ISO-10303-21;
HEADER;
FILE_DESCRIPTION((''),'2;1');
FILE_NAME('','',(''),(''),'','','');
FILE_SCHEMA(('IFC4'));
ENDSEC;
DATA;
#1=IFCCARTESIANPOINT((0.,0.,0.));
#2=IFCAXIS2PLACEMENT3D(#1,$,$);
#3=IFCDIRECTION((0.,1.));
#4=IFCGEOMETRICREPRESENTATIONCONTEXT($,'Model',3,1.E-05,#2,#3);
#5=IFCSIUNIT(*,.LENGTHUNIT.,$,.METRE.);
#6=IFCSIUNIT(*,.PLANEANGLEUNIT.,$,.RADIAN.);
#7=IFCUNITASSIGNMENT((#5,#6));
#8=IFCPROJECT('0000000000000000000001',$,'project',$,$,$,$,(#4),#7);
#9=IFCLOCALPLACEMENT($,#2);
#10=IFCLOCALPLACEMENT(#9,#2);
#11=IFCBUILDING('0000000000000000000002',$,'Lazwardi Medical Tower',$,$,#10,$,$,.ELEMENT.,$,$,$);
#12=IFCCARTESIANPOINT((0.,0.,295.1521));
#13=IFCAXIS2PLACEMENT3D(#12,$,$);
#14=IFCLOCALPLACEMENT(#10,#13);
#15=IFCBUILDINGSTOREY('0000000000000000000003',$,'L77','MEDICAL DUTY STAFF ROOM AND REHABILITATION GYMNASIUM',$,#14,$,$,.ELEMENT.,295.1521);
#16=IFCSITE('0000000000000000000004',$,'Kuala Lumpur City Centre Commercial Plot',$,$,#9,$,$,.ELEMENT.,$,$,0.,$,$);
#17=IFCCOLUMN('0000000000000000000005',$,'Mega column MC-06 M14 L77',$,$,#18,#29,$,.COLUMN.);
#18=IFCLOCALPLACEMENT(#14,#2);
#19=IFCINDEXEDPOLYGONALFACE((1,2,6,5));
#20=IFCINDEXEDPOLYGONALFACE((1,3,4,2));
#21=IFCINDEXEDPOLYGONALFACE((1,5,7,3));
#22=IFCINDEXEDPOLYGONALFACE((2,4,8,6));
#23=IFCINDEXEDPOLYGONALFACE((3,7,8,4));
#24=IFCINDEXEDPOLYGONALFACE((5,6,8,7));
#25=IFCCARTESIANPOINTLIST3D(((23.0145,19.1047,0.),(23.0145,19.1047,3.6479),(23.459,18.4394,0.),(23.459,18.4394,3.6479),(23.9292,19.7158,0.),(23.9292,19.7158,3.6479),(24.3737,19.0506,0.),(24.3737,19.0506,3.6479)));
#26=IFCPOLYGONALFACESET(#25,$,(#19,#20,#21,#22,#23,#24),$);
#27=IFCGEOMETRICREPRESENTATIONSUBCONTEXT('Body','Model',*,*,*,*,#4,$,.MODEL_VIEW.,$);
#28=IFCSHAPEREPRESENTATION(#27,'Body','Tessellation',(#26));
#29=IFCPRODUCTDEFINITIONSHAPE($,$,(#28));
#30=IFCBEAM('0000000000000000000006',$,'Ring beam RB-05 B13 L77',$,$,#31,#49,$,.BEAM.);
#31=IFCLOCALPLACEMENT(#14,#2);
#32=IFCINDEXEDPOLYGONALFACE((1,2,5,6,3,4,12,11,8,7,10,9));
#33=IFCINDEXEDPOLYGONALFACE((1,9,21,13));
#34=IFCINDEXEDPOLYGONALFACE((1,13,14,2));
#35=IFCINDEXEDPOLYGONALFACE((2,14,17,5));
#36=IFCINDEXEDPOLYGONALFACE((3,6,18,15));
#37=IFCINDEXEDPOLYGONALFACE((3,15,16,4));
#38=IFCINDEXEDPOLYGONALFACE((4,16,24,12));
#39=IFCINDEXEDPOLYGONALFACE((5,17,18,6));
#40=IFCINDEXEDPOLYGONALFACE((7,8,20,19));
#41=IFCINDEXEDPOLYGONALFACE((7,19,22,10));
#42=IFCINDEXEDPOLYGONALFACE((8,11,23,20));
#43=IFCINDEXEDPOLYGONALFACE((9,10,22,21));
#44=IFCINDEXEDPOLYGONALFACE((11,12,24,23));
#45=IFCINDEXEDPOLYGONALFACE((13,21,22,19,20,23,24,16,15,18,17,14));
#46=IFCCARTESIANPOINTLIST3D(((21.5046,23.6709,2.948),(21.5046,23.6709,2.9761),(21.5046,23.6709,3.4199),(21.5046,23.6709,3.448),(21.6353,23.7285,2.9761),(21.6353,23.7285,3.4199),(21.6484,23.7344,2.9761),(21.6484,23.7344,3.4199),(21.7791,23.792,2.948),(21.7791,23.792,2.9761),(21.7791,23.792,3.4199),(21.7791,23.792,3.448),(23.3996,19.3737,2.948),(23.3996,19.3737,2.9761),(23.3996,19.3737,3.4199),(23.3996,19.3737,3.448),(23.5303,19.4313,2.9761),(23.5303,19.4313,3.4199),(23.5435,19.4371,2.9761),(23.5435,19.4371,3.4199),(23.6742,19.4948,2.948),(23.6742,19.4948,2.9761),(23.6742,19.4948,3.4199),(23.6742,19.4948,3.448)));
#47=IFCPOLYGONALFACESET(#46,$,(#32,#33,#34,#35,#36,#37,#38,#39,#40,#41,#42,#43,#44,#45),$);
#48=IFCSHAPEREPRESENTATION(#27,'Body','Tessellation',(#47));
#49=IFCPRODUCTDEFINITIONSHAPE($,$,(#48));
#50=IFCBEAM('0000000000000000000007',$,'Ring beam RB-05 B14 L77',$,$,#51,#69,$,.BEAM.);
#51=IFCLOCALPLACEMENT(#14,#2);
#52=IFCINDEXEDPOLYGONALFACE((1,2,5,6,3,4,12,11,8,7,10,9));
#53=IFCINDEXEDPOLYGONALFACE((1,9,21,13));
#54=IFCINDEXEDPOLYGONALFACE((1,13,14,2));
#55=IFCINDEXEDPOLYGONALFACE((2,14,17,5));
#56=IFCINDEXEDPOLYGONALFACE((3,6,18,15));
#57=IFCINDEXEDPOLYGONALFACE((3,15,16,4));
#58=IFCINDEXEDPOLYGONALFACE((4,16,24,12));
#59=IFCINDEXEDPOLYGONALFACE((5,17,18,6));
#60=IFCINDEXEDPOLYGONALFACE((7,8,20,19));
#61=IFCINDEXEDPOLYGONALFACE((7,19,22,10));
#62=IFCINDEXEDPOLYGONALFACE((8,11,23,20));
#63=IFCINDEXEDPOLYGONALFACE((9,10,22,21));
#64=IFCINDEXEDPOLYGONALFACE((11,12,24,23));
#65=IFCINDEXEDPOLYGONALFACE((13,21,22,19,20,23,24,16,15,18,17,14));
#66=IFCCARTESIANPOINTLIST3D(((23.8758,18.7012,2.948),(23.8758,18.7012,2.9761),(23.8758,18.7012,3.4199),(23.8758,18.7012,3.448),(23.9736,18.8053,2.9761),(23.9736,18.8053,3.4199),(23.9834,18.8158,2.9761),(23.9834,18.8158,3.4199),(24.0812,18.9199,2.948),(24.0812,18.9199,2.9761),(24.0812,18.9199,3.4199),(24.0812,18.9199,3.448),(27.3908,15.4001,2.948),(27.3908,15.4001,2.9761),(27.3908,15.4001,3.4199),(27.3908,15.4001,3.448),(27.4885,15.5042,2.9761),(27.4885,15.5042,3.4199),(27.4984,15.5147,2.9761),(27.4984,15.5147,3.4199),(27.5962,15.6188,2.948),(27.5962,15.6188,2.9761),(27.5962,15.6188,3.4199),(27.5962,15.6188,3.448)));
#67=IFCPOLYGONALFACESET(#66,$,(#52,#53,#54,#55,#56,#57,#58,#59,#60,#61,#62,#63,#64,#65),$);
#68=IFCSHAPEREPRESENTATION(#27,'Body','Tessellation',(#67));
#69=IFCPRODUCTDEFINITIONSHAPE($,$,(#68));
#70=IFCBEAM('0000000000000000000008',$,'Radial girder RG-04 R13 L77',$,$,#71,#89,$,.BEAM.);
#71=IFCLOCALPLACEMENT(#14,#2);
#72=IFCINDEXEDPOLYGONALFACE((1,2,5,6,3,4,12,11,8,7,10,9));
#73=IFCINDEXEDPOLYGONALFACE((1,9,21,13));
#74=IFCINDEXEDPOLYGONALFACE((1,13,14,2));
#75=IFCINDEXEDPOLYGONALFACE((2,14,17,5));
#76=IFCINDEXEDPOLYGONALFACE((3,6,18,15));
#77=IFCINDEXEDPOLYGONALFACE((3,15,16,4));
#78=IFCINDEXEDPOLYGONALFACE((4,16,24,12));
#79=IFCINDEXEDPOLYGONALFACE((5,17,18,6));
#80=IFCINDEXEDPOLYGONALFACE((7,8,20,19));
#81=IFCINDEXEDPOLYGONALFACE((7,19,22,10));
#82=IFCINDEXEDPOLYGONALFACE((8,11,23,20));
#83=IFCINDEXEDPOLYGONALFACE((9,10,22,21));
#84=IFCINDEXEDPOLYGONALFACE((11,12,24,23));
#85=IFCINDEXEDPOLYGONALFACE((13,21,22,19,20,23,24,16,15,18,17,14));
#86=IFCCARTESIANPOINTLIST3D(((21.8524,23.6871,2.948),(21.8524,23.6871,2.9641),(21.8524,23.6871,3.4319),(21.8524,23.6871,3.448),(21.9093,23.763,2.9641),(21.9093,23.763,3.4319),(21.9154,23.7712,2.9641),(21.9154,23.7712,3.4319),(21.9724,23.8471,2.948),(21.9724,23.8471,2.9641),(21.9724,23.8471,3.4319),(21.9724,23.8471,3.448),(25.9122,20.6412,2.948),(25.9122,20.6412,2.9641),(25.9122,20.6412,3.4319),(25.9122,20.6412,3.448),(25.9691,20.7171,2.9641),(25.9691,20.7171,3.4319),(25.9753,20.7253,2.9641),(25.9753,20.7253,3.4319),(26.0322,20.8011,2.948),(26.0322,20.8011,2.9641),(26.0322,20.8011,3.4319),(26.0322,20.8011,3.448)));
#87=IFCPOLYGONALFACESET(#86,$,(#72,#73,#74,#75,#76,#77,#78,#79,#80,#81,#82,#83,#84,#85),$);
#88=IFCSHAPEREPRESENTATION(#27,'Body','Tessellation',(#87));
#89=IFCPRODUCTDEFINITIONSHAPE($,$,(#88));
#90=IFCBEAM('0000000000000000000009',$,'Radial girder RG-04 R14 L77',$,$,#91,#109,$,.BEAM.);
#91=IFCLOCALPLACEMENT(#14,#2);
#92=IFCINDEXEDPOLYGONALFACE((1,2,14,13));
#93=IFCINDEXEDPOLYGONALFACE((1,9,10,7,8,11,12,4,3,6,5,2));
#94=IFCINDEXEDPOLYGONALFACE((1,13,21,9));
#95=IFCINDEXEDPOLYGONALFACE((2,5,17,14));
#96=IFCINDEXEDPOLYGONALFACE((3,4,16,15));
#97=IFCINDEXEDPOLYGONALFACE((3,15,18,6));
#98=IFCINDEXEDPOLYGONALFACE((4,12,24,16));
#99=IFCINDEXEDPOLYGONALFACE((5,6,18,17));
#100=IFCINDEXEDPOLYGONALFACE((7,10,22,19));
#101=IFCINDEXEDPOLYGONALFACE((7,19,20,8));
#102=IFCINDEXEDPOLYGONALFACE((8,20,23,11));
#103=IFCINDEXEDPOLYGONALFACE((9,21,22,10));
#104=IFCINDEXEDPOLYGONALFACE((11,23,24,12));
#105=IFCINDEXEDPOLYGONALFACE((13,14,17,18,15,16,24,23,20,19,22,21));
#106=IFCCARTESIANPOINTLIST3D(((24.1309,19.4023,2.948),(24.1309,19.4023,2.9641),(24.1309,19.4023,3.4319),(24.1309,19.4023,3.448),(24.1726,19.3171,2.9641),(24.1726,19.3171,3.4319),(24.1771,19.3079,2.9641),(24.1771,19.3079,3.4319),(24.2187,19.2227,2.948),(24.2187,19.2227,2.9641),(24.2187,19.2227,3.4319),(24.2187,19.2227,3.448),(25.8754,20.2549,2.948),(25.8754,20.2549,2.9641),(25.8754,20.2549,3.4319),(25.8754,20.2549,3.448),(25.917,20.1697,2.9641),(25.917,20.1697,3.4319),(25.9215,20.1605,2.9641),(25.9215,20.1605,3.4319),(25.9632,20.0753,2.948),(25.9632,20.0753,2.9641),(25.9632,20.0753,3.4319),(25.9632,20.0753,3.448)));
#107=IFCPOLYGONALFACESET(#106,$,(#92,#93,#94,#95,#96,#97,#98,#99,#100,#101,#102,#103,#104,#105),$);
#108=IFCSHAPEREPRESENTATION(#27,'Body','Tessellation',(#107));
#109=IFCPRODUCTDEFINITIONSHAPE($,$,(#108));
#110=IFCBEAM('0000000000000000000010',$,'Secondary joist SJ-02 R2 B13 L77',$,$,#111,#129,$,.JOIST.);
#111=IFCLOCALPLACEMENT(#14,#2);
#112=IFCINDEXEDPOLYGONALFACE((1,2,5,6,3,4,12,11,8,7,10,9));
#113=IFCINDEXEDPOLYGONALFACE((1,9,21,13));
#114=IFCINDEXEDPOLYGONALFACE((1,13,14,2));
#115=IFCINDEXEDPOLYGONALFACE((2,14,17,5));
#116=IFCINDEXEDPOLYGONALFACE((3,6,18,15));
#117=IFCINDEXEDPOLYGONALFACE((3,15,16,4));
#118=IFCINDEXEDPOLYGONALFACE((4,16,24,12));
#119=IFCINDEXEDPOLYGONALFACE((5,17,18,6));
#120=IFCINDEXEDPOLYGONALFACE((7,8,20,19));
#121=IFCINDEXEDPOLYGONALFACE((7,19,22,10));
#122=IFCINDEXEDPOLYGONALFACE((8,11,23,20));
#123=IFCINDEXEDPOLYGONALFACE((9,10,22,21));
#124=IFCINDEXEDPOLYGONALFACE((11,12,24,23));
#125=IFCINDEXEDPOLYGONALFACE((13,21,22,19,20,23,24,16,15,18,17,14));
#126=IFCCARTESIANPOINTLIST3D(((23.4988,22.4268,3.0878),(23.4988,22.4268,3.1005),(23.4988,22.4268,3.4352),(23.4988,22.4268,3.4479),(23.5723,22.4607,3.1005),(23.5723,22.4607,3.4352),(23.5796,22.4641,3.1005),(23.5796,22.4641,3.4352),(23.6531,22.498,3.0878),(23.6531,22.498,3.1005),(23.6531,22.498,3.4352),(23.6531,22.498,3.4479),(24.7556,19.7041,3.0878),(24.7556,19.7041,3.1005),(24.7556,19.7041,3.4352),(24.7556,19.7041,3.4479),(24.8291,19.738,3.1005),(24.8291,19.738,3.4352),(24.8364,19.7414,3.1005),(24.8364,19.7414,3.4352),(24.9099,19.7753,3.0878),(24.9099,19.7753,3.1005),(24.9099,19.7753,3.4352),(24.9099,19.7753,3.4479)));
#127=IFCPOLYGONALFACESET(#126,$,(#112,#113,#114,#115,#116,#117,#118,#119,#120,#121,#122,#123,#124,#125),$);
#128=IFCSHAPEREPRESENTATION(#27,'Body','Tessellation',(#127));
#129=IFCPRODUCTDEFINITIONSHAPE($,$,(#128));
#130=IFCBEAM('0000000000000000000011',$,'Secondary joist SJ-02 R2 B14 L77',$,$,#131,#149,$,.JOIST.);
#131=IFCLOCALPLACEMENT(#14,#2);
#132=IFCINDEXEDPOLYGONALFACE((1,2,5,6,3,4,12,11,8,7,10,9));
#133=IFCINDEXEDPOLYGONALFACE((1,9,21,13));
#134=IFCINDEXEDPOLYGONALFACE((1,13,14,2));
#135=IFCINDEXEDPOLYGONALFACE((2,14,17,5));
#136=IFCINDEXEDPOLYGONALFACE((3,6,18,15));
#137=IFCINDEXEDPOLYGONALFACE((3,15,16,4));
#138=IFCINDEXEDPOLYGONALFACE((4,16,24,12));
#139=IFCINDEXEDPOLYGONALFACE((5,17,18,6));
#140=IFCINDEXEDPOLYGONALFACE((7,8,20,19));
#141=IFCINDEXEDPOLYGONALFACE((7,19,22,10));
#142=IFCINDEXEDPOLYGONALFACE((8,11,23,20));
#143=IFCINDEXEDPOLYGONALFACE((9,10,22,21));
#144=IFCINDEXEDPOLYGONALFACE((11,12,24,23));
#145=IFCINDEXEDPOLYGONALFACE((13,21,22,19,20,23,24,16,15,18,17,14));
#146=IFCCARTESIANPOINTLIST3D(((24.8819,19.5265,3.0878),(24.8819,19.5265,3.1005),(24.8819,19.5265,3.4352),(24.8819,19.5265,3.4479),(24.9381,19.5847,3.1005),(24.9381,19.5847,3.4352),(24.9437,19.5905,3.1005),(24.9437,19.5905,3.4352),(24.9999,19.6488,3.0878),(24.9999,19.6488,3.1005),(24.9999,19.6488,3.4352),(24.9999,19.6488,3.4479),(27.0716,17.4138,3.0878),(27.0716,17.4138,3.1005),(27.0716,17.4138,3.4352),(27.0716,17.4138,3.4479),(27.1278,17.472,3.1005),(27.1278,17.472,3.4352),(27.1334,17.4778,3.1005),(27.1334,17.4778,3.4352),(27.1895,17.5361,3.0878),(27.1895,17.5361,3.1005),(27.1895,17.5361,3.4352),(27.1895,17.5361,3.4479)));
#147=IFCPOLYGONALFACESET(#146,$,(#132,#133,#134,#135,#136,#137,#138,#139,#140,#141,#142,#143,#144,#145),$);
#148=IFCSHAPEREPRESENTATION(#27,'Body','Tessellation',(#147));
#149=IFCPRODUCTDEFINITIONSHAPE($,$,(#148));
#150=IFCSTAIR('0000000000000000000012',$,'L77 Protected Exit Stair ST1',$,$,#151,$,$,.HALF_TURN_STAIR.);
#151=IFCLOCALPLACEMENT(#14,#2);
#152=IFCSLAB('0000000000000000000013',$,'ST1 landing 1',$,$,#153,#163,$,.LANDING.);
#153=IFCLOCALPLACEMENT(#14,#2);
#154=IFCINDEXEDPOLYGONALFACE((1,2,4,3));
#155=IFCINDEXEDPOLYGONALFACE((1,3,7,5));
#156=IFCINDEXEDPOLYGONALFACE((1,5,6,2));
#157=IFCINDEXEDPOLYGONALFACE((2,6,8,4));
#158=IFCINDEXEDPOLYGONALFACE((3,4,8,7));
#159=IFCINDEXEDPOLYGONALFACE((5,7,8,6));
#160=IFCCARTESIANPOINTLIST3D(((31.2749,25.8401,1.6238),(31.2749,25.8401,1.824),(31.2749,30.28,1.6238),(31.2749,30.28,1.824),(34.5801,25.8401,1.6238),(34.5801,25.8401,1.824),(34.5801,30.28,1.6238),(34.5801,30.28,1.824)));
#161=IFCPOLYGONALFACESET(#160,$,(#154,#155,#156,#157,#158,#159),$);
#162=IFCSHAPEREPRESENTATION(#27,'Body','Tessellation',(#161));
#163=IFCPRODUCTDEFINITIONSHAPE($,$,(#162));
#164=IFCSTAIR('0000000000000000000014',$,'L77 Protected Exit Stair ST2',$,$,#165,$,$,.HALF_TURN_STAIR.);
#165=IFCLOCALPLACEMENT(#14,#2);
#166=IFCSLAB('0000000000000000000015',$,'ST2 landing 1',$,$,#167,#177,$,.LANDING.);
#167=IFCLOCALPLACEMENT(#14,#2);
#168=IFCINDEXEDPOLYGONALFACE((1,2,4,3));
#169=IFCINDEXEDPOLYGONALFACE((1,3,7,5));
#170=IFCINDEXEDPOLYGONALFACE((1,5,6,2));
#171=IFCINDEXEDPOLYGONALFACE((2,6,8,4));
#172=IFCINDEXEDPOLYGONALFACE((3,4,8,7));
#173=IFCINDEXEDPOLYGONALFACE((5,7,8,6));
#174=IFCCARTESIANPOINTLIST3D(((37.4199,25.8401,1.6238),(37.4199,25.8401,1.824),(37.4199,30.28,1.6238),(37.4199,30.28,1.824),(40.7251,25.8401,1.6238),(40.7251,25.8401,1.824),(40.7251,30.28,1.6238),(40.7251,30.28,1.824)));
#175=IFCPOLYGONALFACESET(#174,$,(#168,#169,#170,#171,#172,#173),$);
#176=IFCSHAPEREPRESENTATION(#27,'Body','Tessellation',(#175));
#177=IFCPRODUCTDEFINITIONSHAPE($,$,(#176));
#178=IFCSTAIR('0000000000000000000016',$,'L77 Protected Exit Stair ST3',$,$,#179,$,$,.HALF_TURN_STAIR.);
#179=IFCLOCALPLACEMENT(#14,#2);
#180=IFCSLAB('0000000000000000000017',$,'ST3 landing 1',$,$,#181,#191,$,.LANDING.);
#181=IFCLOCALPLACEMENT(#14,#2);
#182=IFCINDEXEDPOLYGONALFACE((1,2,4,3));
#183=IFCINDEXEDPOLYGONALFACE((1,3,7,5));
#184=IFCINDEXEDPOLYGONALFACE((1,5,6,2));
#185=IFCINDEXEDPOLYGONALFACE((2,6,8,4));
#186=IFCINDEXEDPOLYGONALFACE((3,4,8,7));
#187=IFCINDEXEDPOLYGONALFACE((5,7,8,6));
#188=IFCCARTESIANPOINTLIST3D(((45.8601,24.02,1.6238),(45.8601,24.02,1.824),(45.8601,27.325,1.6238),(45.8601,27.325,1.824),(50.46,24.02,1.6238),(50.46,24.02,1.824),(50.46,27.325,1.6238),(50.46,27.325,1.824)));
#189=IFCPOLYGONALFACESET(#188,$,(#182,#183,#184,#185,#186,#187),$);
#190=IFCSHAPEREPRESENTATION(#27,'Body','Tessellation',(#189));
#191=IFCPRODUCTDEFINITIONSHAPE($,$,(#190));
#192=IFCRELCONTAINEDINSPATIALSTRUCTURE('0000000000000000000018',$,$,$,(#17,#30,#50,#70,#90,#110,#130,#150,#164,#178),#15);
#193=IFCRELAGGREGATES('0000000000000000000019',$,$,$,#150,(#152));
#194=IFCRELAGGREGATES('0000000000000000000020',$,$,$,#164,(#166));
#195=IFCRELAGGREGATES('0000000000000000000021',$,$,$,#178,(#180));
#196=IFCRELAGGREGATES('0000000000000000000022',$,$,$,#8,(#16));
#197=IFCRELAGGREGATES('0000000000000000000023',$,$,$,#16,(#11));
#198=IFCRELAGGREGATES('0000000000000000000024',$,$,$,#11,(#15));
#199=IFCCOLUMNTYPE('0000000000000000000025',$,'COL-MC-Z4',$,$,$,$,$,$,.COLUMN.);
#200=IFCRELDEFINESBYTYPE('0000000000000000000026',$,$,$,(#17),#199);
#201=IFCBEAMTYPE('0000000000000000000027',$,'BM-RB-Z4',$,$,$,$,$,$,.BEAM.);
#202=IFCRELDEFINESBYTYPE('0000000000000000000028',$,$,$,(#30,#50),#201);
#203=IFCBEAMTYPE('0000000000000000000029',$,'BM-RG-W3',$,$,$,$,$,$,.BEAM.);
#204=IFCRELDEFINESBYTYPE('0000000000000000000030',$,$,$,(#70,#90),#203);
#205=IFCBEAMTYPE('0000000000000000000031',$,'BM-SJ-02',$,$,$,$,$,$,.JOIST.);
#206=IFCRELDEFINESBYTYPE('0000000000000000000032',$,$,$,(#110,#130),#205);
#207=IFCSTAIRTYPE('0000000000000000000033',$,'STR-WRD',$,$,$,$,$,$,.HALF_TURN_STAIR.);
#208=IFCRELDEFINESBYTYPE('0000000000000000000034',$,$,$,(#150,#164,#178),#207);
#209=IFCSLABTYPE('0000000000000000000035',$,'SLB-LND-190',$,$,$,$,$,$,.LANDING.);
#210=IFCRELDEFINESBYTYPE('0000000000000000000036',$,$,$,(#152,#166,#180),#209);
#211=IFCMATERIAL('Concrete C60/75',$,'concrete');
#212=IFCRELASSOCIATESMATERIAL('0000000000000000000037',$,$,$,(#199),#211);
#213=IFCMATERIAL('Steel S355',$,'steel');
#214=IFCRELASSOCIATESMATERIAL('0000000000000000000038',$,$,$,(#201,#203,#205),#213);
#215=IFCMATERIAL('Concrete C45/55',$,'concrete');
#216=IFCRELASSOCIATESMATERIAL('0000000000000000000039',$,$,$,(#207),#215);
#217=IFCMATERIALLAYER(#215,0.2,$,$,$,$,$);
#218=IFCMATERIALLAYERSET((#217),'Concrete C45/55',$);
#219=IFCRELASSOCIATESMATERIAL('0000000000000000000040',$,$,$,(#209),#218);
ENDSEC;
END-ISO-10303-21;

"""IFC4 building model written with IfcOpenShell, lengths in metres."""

from ifc_helpers import new_model, si_unit, direction, frame, origin, origin_2d, place, context, subcontext, project, spatial, polyline, rectangle, i_section, outline, extrude, material, layer, layer_set, material_profile, profile_set, type_object, element, aggregate, save


model = new_model("IFC4")

# Units and contexts
model_context = context("Model", 3, precision=1e-05, world=origin(), true_north=direction((0.0, 1.0)))
body_context = subcontext(model_context, "Body", "Model", "MODEL_VIEW")
ifc_project = project(units=[si_unit("LENGTHUNIT", "METRE"), si_unit("PLANEANGLEUNIT", "RADIAN")], contexts=[model_context])

# Site, building, storey
site_placement = place(None, origin())
site = spatial("IfcSite", under=ifc_project, at=site_placement, Name="Kuala Lumpur City Centre Commercial Plot", CompositionType="ELEMENT", RefElevation=0.0)
building_placement = place(site_placement, origin())
building = spatial("IfcBuilding", under=site, at=building_placement, Name="Lazwardi Medical Tower", CompositionType="ELEMENT")
storey_placement = place(building_placement, frame((0.0, 0.0, 295.1521)))
storey = spatial("IfcBuildingStorey", under=building, at=storey_placement, Name="L77", Description="MEDICAL DUTY STAFF ROOM AND REHABILITATION GYMNASIUM", CompositionType="ELEMENT", Elevation=295.1521)

# Column
ifc_material_1 = material(Name="Concrete C60/75", Category="concrete")
ifc_material_profile_1 = material_profile(ifc_material_1, rectangle(XDim=1.1001, YDim=0.8, at=origin_2d()), Name="CFT-RECT 1100x800")
ifc_profile_set_1 = profile_set([ifc_material_profile_1], Name="Concrete C60/75")
column_type = type_object("IfcColumnType", Name="COL-MC-Z4", PredefinedType="COLUMN", material=ifc_profile_set_1)
column_placement = place(storey_placement, frame((23.6941, 19.0776, 0.0), z_axis=(0.0, 0.0, 1.0), x_axis=(-0.83147, -0.55557, 0.0)))
element("IfcColumn", 1, at=column_placement, inside=storey, type_object=column_type, Name="Mega column MC-06 M14 L77", PredefinedType="COLUMN", context=body_context, shape_type="SweptSolid", body=[
    extrude(rectangle(XDim=1.1001, YDim=0.8, at=origin_2d()), origin(), (0.0, 0.0, 1.0), 3.6479),
])

# Beams
ifc_material_2 = material(Name="Steel S355", Category="steel")
ifc_material_profile_2 = material_profile(ifc_material_2, i_section(OverallWidth=0.3, OverallDepth=0.5, WebThickness=0.0144, FlangeThickness=0.0281, at=origin_2d()), Name="HEB 500")
ifc_profile_set_2 = profile_set([ifc_material_profile_2], Name="Steel S355")
beam_type_1 = type_object("IfcBeamType", Name="BM-RB-Z4", PredefinedType="BEAM", material=ifc_profile_set_2)
beam_1_placement = place(storey_placement, frame((21.6418, 23.7314, 3.198), z_axis=(0.403503, -0.914978, 0.0), x_axis=(0.914978, 0.403503, 0.0)))
element("IfcBeam", 2, at=beam_1_placement, inside=storey, type_object=beam_type_1, Name="Ring beam RB-05 B13 L77", PredefinedType="BEAM", context=body_context, shape_type="SweptSolid", body=[
    extrude(i_section(OverallWidth=0.3, OverallDepth=0.5, WebThickness=0.0144, FlangeThickness=0.0281, at=origin_2d()), origin(), (0.0, 0.0, 1.0), 4.6965),
])
beam_2_placement = place(storey_placement, frame((23.9785, 18.8105, 3.198), z_axis=(0.728935, -0.684583, 0.0), x_axis=(0.684583, 0.728935, 0.0)))
element("IfcBeam", 3, at=beam_2_placement, inside=storey, type_object=beam_type_1, Name="Ring beam RB-05 B14 L77", PredefinedType="BEAM", context=body_context, shape_type="SweptSolid", body=[
    extrude(i_section(OverallWidth=0.3, OverallDepth=0.5, WebThickness=0.0144, FlangeThickness=0.0281, at=origin_2d()), origin(), (0.0, 0.0, 1.0), 4.822),
])
ifc_material_profile_3 = material_profile(ifc_material_2, i_section(OverallWidth=0.2, OverallDepth=0.5, WebThickness=0.0103, FlangeThickness=0.0161, at=origin_2d()), Name="IPE 500")
ifc_profile_set_3 = profile_set([ifc_material_profile_3], Name="Steel S355")
beam_type_2 = type_object("IfcBeamType", Name="BM-RG-W3", PredefinedType="BEAM", material=ifc_profile_set_3)
beam_3_placement = place(storey_placement, frame((21.9124, 23.7671, 3.198), z_axis=(0.799902, -0.600131, 0.0), x_axis=(0.600131, 0.799902, 0.0)))
element("IfcBeam", 4, at=beam_3_placement, inside=storey, type_object=beam_type_2, Name="Radial girder RG-04 R13 L77", PredefinedType="BEAM", context=body_context, shape_type="SweptSolid", body=[
    extrude(i_section(OverallWidth=0.2, OverallDepth=0.5, WebThickness=0.0103, FlangeThickness=0.0161, at=origin_2d()), origin(), (0.0, 0.0, 1.0), 5.0754),
])
beam_4_placement = place(storey_placement, frame((24.1748, 19.3125, 3.198), z_axis=(0.898439, 0.439097, 0.0), x_axis=(-0.439097, 0.898439, 0.0)))
element("IfcBeam", 5, at=beam_4_placement, inside=storey, type_object=beam_type_2, Name="Radial girder RG-04 R14 L77", PredefinedType="BEAM", context=body_context, shape_type="SweptSolid", body=[
    extrude(i_section(OverallWidth=0.2, OverallDepth=0.5, WebThickness=0.0103, FlangeThickness=0.0161, at=origin_2d()), origin(), (0.0, 0.0, 1.0), 1.9417),
])
ifc_material_profile_4 = material_profile(ifc_material_2, i_section(OverallWidth=0.1699, OverallDepth=0.3601, WebThickness=0.0081, FlangeThickness=0.0127, at=origin_2d()), Name="IPE 360")
ifc_profile_set_4 = profile_set([ifc_material_profile_4], Name="Steel S355")
beam_type_3 = type_object("IfcBeamType", Name="BM-SJ-02", PredefinedType="JOIST", material=ifc_profile_set_4)
beam_5_placement = place(storey_placement, frame((23.5759, 22.4624, 3.2678), z_axis=(0.41912, -0.907931, 0.0), x_axis=(0.907931, 0.41912, 0.0)))
element("IfcBeam", 6, at=beam_5_placement, inside=storey, type_object=beam_type_3, Name="Secondary joist SJ-02 R2 B13 L77", PredefinedType="JOIST", context=body_context, shape_type="SweptSolid", body=[
    extrude(i_section(OverallWidth=0.1699, OverallDepth=0.3601, WebThickness=0.0081, FlangeThickness=0.0127, at=origin_2d()), origin(), (0.0, 0.0, 1.0), 2.9988),
])
beam_6_placement = place(storey_placement, frame((24.9409, 19.5876, 3.2678), z_axis=(0.719631, -0.694357, 0.0), x_axis=(0.694357, 0.719631, 0.0)))
element("IfcBeam", 7, at=beam_6_placement, inside=storey, type_object=beam_type_3, Name="Secondary joist SJ-02 R2 B14 L77", PredefinedType="JOIST", context=body_context, shape_type="SweptSolid", body=[
    extrude(i_section(OverallWidth=0.1699, OverallDepth=0.3601, WebThickness=0.0081, FlangeThickness=0.0127, at=origin_2d()), origin(), (0.0, 0.0, 1.0), 3.0427),
])

# Stairs, slabs
ifc_material_3 = material(Name="Concrete C45/55", Category="concrete")
stair_type = type_object("IfcStairType", Name="STR-WRD", PredefinedType="HALF_TURN_STAIR", material=ifc_material_3)
stair_1_placement = place(storey_placement, origin())
stair_1 = element("IfcStair", 8, at=stair_1_placement, inside=storey, type_object=stair_type, Name="L77 Protected Exit Stair ST1", PredefinedType="HALF_TURN_STAIR")
ifc_layer_1 = layer(ifc_material_3, 0.2)
ifc_layer_set_1 = layer_set([ifc_layer_1], Name="Concrete C45/55")
slab_type_1 = type_object("IfcSlabType", Name="SLB-LND-190", PredefinedType="LANDING", material=ifc_layer_set_1)
slab_1_placement = place(storey_placement, frame((0.0, 0.0, 1.6238)))
slab_1 = element("IfcSlab", 9, at=slab_1_placement, type_object=slab_type_1, Name="ST1 landing 1", PredefinedType="LANDING", context=body_context, shape_type="SweptSolid", body=[
    extrude(outline(polyline([(31.2749, 25.8401), (34.5801, 25.8401), (34.5801, 30.28), (31.2749, 30.28), (31.2749, 25.8401)])), origin(), (0.0, 0.0, 1.0), 0.2002),
])
aggregate(stair_1, [slab_1])
stair_2_placement = place(storey_placement, origin())
stair_2 = element("IfcStair", 10, at=stair_2_placement, inside=storey, type_object=stair_type, Name="L77 Protected Exit Stair ST2", PredefinedType="HALF_TURN_STAIR")
slab_2_placement = place(storey_placement, frame((0.0, 0.0, 1.6238)))
slab_2 = element("IfcSlab", 11, at=slab_2_placement, type_object=slab_type_1, Name="ST2 landing 1", PredefinedType="LANDING", context=body_context, shape_type="SweptSolid", body=[
    extrude(outline(polyline([(40.7251, 30.28), (37.4199, 30.28), (37.4199, 25.8401), (40.7251, 25.8401), (40.7251, 30.28)])), origin(), (0.0, 0.0, 1.0), 0.2002),
])
aggregate(stair_2, [slab_2])
stair_3_placement = place(storey_placement, origin())
stair_3 = element("IfcStair", 12, at=stair_3_placement, inside=storey, type_object=stair_type, Name="L77 Protected Exit Stair ST3", PredefinedType="HALF_TURN_STAIR")
slab_3_placement = place(storey_placement, frame((0.0, 0.0, 1.6238)))
slab_3 = element("IfcSlab", 13, at=slab_3_placement, type_object=slab_type_1, Name="ST3 landing 1", PredefinedType="LANDING", context=body_context, shape_type="SweptSolid", body=[
    extrude(outline(polyline([(45.8601, 27.325), (45.8601, 24.02), (50.46, 24.02), (50.46, 27.325), (45.8601, 27.325)])), origin(), (0.0, 0.0, 1.0), 0.2002),
])
aggregate(stair_3, [slab_3])

save(model, "model.ifc")
